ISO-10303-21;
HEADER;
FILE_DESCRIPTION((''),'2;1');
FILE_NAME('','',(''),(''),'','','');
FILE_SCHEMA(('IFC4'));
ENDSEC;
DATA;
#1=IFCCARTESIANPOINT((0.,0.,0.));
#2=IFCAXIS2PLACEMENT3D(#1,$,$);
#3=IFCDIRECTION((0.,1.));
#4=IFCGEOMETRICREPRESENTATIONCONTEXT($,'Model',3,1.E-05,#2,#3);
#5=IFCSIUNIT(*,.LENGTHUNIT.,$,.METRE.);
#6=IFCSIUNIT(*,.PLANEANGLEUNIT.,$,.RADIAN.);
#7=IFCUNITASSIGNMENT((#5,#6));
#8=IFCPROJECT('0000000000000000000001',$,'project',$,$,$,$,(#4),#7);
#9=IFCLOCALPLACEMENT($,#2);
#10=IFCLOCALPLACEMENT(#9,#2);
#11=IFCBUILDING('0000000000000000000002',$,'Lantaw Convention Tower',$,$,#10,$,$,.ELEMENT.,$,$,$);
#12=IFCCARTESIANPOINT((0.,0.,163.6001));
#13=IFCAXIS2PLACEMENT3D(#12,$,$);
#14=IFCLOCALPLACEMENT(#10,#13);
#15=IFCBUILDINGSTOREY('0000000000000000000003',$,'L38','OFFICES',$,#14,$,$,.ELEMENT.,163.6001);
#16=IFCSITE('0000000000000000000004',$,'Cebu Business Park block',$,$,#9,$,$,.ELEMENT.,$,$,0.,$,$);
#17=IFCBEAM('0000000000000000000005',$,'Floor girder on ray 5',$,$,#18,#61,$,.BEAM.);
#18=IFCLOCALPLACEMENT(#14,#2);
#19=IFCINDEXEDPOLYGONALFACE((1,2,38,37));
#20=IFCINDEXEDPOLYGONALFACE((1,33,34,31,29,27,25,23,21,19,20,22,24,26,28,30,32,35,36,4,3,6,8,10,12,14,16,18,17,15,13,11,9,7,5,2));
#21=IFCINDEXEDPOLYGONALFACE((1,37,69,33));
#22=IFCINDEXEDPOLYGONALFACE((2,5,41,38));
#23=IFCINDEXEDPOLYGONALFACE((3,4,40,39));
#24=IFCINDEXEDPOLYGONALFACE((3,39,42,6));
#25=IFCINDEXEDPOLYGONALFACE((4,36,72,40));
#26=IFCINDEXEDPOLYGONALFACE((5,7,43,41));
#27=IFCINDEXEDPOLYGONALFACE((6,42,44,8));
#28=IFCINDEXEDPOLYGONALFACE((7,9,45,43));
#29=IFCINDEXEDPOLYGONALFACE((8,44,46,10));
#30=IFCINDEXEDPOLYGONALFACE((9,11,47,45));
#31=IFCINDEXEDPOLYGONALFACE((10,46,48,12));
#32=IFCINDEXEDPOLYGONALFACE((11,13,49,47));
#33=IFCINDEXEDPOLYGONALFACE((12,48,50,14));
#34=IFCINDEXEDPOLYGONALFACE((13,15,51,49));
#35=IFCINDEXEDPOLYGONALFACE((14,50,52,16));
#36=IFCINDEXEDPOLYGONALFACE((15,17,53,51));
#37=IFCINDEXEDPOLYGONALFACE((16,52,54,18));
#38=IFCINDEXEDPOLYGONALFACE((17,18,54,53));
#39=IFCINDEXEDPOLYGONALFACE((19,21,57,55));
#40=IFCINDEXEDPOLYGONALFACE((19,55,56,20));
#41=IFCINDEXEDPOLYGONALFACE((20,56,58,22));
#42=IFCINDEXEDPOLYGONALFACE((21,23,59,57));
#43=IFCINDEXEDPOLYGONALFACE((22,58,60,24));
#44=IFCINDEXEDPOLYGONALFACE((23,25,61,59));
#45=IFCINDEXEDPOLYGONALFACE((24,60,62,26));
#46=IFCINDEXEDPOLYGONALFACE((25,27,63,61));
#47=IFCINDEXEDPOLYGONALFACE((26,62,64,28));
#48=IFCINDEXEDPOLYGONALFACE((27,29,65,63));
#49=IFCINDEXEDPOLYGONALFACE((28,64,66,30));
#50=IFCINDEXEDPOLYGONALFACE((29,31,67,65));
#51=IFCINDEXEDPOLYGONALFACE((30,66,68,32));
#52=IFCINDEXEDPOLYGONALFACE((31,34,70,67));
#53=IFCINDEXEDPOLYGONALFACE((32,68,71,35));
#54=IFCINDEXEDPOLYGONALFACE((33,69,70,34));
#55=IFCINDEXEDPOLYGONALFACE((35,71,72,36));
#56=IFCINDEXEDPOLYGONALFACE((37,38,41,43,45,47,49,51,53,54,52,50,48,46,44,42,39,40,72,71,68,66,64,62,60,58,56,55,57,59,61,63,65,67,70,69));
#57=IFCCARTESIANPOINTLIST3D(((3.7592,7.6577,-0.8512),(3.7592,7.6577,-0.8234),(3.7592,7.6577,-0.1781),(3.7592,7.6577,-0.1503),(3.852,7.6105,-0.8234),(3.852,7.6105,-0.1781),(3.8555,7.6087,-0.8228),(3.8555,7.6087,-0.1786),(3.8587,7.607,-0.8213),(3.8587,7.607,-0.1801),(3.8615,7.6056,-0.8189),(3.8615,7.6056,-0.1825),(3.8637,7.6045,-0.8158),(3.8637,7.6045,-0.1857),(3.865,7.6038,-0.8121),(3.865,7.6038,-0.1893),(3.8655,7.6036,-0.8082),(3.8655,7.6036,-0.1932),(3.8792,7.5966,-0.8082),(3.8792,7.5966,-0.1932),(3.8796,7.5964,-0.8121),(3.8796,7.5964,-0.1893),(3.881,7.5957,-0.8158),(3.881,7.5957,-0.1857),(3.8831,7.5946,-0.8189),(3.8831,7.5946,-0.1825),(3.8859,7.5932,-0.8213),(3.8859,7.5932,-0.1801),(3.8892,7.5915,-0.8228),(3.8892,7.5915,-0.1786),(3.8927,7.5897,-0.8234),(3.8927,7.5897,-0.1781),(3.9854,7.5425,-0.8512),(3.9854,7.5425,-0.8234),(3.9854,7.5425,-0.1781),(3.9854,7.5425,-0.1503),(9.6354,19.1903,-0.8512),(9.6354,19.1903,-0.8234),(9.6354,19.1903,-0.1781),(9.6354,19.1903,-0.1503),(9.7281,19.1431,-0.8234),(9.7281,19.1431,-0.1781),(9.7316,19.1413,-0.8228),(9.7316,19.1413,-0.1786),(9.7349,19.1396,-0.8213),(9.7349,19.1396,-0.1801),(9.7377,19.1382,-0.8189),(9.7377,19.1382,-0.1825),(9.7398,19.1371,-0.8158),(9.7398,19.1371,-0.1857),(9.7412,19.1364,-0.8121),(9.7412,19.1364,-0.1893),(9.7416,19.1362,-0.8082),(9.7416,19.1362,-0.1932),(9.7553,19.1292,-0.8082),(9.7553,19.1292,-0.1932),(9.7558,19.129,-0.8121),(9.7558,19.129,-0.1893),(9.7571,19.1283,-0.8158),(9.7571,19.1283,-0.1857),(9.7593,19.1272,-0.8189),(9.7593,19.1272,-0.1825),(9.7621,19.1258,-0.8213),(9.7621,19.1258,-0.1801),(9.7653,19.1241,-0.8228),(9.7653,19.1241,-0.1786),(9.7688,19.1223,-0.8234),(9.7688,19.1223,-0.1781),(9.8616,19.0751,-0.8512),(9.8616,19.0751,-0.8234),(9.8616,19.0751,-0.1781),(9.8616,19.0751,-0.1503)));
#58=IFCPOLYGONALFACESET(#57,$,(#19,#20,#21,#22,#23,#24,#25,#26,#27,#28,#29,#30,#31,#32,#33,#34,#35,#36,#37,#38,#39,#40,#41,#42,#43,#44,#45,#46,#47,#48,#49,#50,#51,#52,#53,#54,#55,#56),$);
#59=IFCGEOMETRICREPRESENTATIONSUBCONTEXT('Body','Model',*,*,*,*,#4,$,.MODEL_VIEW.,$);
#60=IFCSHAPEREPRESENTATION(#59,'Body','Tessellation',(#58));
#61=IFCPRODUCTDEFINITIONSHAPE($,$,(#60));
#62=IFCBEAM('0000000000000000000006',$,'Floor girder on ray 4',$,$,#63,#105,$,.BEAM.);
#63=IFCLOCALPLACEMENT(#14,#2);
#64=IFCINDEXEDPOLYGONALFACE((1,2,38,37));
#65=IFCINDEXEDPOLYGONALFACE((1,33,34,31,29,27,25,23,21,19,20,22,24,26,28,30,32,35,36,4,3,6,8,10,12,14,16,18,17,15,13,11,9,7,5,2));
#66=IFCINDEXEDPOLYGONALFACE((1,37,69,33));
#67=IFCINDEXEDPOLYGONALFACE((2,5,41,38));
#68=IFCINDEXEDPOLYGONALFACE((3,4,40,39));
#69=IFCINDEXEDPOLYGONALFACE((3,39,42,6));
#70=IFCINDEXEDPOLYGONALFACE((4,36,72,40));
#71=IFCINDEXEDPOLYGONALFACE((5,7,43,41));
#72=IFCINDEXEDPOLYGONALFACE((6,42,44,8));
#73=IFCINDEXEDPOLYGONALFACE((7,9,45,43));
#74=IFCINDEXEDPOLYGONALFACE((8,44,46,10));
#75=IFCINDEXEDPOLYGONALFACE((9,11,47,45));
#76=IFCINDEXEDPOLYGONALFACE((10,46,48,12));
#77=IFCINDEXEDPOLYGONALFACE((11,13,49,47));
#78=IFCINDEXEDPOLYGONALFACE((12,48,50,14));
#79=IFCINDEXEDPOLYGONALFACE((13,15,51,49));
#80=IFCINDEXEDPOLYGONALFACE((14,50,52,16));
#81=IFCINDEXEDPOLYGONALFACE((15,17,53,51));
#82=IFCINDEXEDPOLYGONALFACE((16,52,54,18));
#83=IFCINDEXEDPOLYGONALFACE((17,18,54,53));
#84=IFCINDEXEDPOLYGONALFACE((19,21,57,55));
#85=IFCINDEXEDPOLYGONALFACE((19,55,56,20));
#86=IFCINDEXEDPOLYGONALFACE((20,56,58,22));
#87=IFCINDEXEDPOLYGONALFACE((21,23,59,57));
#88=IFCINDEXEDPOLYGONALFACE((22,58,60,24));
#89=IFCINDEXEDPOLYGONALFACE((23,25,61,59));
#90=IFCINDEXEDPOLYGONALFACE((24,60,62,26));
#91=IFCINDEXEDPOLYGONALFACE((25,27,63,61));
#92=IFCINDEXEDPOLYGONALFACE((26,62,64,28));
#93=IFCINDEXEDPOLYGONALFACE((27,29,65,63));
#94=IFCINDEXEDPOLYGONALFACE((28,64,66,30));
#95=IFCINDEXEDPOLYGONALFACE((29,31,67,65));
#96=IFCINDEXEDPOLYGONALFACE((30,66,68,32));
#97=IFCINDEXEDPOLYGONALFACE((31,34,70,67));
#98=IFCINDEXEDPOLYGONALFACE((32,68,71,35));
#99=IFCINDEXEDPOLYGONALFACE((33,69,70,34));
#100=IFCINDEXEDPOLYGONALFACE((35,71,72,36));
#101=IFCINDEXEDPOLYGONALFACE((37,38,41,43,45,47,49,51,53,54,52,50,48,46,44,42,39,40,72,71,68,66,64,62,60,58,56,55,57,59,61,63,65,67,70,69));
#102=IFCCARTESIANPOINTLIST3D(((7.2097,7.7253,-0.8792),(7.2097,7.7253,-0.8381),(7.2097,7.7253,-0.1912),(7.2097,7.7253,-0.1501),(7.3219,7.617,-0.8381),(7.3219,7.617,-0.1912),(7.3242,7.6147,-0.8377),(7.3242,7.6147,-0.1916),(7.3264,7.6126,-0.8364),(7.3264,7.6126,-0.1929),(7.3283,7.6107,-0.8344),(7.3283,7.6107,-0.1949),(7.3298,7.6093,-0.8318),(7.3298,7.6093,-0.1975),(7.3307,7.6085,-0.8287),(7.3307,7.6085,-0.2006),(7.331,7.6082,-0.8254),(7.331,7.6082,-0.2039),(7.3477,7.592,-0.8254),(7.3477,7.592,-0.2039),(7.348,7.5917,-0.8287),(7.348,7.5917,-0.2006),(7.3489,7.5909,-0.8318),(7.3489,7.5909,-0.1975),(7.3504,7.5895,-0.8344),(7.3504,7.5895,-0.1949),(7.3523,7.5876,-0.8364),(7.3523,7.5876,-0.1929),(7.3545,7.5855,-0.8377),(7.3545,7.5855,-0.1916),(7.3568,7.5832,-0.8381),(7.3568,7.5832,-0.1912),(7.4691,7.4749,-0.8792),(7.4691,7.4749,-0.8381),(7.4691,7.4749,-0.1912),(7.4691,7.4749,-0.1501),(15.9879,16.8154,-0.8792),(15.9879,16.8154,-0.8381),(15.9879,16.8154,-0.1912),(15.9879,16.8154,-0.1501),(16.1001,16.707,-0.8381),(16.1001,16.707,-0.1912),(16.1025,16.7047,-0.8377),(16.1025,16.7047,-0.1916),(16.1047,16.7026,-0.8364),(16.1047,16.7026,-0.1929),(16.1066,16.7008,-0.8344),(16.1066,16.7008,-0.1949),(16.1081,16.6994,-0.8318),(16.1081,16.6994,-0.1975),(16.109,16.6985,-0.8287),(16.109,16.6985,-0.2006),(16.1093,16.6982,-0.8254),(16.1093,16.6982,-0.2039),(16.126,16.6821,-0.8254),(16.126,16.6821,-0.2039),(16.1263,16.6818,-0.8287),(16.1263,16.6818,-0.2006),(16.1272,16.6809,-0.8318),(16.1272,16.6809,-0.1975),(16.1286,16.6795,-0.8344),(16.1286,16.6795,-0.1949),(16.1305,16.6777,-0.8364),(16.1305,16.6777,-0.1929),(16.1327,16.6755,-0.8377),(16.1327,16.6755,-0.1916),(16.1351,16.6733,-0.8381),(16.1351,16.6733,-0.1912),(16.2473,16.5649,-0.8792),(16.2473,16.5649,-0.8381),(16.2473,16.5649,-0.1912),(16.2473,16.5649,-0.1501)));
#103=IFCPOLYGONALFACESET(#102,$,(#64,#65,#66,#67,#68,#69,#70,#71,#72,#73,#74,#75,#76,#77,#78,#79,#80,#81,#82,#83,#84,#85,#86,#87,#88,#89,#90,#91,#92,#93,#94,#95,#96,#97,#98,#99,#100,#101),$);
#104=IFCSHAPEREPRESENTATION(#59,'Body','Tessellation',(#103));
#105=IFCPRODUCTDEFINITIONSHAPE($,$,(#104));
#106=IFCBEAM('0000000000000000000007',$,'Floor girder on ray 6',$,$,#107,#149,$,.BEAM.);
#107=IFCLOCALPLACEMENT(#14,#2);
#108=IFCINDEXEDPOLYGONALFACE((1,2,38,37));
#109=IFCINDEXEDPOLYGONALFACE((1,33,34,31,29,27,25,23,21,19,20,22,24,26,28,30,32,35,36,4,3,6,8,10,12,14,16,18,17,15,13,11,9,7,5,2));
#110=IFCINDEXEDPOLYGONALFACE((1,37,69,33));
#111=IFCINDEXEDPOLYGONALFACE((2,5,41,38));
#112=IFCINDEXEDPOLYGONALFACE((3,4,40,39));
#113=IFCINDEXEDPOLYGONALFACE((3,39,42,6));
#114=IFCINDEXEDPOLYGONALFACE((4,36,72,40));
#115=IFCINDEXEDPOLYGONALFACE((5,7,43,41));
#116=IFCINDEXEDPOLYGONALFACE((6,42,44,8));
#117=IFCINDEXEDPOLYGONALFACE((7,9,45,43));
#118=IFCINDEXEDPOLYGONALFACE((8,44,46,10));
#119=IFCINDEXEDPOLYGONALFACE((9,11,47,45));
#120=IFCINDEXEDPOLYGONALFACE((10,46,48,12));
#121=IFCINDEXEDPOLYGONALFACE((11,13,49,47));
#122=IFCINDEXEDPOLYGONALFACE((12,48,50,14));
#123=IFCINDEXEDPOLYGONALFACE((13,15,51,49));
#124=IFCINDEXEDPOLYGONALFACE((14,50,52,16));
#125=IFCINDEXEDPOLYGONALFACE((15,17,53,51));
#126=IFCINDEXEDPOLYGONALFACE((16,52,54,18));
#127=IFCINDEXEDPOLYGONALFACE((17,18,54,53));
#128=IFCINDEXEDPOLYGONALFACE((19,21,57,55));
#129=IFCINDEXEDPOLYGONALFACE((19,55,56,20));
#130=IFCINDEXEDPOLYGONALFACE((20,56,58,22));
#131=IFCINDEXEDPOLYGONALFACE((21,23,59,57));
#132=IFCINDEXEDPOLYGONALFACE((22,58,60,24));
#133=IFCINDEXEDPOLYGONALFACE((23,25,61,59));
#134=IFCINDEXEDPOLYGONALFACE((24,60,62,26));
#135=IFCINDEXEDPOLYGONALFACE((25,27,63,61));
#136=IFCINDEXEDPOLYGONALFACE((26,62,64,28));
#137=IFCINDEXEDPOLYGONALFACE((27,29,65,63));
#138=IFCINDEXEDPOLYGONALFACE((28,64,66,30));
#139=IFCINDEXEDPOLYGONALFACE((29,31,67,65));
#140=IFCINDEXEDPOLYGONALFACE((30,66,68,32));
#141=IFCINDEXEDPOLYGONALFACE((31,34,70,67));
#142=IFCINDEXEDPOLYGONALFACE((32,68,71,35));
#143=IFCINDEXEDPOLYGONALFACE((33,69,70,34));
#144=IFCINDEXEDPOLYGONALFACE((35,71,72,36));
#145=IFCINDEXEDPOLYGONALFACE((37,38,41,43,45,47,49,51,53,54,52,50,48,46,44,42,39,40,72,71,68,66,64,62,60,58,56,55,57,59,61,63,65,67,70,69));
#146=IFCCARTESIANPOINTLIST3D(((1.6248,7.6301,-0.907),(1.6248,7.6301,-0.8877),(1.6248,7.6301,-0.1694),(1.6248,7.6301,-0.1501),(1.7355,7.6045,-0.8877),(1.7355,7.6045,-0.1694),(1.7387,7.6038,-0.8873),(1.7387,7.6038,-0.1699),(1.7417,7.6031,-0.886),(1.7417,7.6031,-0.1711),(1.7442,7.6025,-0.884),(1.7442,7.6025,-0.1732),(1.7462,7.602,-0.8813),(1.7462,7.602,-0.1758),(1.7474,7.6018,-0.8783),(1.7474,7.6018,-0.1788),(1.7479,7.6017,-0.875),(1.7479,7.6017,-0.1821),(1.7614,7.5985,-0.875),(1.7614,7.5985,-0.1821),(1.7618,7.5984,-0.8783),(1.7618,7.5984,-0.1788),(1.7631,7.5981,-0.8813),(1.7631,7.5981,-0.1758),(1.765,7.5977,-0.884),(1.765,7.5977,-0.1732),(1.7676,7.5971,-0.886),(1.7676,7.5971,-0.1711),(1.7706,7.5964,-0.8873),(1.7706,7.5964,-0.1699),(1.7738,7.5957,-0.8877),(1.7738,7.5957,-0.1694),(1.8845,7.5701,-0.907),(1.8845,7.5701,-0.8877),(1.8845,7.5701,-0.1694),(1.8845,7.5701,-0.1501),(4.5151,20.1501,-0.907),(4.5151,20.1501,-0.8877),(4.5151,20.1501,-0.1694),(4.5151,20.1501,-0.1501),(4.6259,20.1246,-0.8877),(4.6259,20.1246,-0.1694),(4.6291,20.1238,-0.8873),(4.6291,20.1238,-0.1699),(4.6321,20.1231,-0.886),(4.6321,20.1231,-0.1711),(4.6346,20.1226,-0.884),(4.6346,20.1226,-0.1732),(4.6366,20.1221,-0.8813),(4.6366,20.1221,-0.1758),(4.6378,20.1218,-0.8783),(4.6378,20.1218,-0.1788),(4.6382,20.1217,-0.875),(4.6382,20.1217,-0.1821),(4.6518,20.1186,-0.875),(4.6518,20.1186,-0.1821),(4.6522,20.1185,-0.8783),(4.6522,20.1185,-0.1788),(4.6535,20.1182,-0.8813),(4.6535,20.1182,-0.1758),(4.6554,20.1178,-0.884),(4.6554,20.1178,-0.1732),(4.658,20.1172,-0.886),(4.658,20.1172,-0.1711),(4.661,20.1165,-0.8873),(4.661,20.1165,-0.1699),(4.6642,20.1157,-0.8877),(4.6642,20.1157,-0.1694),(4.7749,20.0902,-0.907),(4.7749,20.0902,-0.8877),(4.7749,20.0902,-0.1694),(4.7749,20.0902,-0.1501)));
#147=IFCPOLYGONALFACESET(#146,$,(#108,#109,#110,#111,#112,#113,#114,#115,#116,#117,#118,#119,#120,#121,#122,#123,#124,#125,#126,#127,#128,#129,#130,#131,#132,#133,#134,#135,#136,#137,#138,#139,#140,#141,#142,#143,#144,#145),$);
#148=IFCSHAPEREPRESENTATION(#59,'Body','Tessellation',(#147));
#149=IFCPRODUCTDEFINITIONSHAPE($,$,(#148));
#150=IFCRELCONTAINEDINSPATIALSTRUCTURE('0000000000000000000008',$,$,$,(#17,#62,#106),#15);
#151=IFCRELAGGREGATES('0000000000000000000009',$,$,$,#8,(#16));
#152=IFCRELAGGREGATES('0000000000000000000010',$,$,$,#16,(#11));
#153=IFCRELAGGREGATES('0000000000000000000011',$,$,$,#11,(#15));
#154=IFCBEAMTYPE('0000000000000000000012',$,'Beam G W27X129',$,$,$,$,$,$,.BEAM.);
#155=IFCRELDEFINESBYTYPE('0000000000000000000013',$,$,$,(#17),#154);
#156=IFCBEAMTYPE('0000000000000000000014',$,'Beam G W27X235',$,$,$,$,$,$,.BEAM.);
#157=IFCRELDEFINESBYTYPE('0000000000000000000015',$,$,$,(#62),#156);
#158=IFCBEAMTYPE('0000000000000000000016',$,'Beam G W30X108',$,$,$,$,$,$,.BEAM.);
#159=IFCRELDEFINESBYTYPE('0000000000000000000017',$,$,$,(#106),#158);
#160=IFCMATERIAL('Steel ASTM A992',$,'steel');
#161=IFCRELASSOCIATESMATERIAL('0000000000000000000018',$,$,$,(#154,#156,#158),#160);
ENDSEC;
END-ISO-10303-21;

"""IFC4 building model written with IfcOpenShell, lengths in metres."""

from ifc_helpers import new_model, si_unit, direction, frame, origin, origin_2d, place, context, subcontext, project, spatial, i_section, extrude, material, material_profile, profile_set, type_object, element, save


model = new_model("IFC4")

# Units and contexts
model_context = context("Model", 3, precision=1e-05, world=origin(), true_north=direction((0.0, 1.0)))
body_context = subcontext(model_context, "Body", "Model", "MODEL_VIEW")
ifc_project = project(units=[si_unit("LENGTHUNIT", "METRE"), si_unit("PLANEANGLEUNIT", "RADIAN")], contexts=[model_context])

# Site, building, storey
site_placement = place(None, origin())
site = spatial("IfcSite", under=ifc_project, at=site_placement, Name="Cebu Business Park block", CompositionType="ELEMENT", RefElevation=0.0)
building_placement = place(site_placement, origin())
building = spatial("IfcBuilding", under=site, at=building_placement, Name="Lantaw Convention Tower", CompositionType="ELEMENT")
storey_placement = place(building_placement, frame((0.0, 0.0, 163.6001)))
storey = spatial("IfcBuildingStorey", under=building, at=storey_placement, Name="L38", Description="OFFICES", CompositionType="ELEMENT", Elevation=163.6001)

# Beams
ifc_material_1 = material(Name="Steel ASTM A992", Category="steel")
ifc_material_profile_1 = material_profile(ifc_material_1, i_section(OverallWidth=0.2539, OverallDepth=0.7009, WebThickness=0.0154, FlangeThickness=0.0278, FilletRadius=0.0151, at=origin_2d()), Name="W27X129")
ifc_profile_set_1 = profile_set([ifc_material_profile_1], Name="Steel ASTM A992")
beam_type_1 = type_object("IfcBeamType", Name="Beam G W27X129", PredefinedType="BEAM", material=ifc_profile_set_1)
beam_1_placement = place(storey_placement, frame((3.8723, 7.6001, -0.5007), z_axis=(0.453991, 0.891006, 0.0), x_axis=(-0.891006, 0.453991, 0.0)))
element("IfcBeam", 1, at=beam_1_placement, inside=storey, type_object=beam_type_1, Name="Floor girder on ray 5", PredefinedType="BEAM", context=body_context, shape_type="SweptSolid", body=[
    extrude(i_section(OverallWidth=0.2539, OverallDepth=0.7009, WebThickness=0.0154, FlangeThickness=0.0278, FilletRadius=0.0151, at=origin_2d()), origin(), (0.0, 0.0, 1.0), 12.9434),
])
ifc_material_profile_2 = material_profile(ifc_material_1, i_section(OverallWidth=0.3606, OverallDepth=0.729, WebThickness=0.0232, FlangeThickness=0.041, FilletRadius=0.0127, at=origin_2d()), Name="W27X235")
ifc_profile_set_2 = profile_set([ifc_material_profile_2], Name="Steel ASTM A992")
beam_type_2 = type_object("IfcBeamType", Name="Beam G W27X235", PredefinedType="BEAM", material=ifc_profile_set_2)
beam_2_placement = place(storey_placement, frame((7.3394, 7.6001, -0.5146), z_axis=(0.694663, 0.719335, 0.0), x_axis=(-0.719335, 0.694663, 0.0)))
element("IfcBeam", 2, at=beam_2_placement, inside=storey, type_object=beam_type_2, Name="Floor girder on ray 4", PredefinedType="BEAM", context=body_context, shape_type="SweptSolid", body=[
    extrude(i_section(OverallWidth=0.3606, OverallDepth=0.729, WebThickness=0.0232, FlangeThickness=0.041, FilletRadius=0.0127, at=origin_2d()), origin(), (0.0, 0.0, 1.0), 12.6367),
])
ifc_material_profile_3 = material_profile(ifc_material_1, i_section(OverallWidth=0.2666, OverallDepth=0.7568, WebThickness=0.0139, FlangeThickness=0.0193, FilletRadius=0.0127, at=origin_2d()), Name="W30X108")
ifc_profile_set_3 = profile_set([ifc_material_profile_3], Name="Steel ASTM A992")
beam_type_3 = type_object("IfcBeamType", Name="Beam G W30X108", PredefinedType="BEAM", material=ifc_profile_set_3)
beam_3_placement = place(storey_placement, frame((1.7546, 7.6001, -0.5286), z_axis=(0.224944, 0.974372, 0.0), x_axis=(-0.974372, 0.224944, 0.0)))
element("IfcBeam", 3, at=beam_3_placement, inside=storey, type_object=beam_type_3, Name="Floor girder on ray 6", PredefinedType="BEAM", context=body_context, shape_type="SweptSolid", body=[
    extrude(i_section(OverallWidth=0.2666, OverallDepth=0.7568, WebThickness=0.0139, FlangeThickness=0.0193, FilletRadius=0.0127, at=origin_2d()), origin(), (0.0, 0.0, 1.0), 12.8494),
])

save(model, "model.ifc")
